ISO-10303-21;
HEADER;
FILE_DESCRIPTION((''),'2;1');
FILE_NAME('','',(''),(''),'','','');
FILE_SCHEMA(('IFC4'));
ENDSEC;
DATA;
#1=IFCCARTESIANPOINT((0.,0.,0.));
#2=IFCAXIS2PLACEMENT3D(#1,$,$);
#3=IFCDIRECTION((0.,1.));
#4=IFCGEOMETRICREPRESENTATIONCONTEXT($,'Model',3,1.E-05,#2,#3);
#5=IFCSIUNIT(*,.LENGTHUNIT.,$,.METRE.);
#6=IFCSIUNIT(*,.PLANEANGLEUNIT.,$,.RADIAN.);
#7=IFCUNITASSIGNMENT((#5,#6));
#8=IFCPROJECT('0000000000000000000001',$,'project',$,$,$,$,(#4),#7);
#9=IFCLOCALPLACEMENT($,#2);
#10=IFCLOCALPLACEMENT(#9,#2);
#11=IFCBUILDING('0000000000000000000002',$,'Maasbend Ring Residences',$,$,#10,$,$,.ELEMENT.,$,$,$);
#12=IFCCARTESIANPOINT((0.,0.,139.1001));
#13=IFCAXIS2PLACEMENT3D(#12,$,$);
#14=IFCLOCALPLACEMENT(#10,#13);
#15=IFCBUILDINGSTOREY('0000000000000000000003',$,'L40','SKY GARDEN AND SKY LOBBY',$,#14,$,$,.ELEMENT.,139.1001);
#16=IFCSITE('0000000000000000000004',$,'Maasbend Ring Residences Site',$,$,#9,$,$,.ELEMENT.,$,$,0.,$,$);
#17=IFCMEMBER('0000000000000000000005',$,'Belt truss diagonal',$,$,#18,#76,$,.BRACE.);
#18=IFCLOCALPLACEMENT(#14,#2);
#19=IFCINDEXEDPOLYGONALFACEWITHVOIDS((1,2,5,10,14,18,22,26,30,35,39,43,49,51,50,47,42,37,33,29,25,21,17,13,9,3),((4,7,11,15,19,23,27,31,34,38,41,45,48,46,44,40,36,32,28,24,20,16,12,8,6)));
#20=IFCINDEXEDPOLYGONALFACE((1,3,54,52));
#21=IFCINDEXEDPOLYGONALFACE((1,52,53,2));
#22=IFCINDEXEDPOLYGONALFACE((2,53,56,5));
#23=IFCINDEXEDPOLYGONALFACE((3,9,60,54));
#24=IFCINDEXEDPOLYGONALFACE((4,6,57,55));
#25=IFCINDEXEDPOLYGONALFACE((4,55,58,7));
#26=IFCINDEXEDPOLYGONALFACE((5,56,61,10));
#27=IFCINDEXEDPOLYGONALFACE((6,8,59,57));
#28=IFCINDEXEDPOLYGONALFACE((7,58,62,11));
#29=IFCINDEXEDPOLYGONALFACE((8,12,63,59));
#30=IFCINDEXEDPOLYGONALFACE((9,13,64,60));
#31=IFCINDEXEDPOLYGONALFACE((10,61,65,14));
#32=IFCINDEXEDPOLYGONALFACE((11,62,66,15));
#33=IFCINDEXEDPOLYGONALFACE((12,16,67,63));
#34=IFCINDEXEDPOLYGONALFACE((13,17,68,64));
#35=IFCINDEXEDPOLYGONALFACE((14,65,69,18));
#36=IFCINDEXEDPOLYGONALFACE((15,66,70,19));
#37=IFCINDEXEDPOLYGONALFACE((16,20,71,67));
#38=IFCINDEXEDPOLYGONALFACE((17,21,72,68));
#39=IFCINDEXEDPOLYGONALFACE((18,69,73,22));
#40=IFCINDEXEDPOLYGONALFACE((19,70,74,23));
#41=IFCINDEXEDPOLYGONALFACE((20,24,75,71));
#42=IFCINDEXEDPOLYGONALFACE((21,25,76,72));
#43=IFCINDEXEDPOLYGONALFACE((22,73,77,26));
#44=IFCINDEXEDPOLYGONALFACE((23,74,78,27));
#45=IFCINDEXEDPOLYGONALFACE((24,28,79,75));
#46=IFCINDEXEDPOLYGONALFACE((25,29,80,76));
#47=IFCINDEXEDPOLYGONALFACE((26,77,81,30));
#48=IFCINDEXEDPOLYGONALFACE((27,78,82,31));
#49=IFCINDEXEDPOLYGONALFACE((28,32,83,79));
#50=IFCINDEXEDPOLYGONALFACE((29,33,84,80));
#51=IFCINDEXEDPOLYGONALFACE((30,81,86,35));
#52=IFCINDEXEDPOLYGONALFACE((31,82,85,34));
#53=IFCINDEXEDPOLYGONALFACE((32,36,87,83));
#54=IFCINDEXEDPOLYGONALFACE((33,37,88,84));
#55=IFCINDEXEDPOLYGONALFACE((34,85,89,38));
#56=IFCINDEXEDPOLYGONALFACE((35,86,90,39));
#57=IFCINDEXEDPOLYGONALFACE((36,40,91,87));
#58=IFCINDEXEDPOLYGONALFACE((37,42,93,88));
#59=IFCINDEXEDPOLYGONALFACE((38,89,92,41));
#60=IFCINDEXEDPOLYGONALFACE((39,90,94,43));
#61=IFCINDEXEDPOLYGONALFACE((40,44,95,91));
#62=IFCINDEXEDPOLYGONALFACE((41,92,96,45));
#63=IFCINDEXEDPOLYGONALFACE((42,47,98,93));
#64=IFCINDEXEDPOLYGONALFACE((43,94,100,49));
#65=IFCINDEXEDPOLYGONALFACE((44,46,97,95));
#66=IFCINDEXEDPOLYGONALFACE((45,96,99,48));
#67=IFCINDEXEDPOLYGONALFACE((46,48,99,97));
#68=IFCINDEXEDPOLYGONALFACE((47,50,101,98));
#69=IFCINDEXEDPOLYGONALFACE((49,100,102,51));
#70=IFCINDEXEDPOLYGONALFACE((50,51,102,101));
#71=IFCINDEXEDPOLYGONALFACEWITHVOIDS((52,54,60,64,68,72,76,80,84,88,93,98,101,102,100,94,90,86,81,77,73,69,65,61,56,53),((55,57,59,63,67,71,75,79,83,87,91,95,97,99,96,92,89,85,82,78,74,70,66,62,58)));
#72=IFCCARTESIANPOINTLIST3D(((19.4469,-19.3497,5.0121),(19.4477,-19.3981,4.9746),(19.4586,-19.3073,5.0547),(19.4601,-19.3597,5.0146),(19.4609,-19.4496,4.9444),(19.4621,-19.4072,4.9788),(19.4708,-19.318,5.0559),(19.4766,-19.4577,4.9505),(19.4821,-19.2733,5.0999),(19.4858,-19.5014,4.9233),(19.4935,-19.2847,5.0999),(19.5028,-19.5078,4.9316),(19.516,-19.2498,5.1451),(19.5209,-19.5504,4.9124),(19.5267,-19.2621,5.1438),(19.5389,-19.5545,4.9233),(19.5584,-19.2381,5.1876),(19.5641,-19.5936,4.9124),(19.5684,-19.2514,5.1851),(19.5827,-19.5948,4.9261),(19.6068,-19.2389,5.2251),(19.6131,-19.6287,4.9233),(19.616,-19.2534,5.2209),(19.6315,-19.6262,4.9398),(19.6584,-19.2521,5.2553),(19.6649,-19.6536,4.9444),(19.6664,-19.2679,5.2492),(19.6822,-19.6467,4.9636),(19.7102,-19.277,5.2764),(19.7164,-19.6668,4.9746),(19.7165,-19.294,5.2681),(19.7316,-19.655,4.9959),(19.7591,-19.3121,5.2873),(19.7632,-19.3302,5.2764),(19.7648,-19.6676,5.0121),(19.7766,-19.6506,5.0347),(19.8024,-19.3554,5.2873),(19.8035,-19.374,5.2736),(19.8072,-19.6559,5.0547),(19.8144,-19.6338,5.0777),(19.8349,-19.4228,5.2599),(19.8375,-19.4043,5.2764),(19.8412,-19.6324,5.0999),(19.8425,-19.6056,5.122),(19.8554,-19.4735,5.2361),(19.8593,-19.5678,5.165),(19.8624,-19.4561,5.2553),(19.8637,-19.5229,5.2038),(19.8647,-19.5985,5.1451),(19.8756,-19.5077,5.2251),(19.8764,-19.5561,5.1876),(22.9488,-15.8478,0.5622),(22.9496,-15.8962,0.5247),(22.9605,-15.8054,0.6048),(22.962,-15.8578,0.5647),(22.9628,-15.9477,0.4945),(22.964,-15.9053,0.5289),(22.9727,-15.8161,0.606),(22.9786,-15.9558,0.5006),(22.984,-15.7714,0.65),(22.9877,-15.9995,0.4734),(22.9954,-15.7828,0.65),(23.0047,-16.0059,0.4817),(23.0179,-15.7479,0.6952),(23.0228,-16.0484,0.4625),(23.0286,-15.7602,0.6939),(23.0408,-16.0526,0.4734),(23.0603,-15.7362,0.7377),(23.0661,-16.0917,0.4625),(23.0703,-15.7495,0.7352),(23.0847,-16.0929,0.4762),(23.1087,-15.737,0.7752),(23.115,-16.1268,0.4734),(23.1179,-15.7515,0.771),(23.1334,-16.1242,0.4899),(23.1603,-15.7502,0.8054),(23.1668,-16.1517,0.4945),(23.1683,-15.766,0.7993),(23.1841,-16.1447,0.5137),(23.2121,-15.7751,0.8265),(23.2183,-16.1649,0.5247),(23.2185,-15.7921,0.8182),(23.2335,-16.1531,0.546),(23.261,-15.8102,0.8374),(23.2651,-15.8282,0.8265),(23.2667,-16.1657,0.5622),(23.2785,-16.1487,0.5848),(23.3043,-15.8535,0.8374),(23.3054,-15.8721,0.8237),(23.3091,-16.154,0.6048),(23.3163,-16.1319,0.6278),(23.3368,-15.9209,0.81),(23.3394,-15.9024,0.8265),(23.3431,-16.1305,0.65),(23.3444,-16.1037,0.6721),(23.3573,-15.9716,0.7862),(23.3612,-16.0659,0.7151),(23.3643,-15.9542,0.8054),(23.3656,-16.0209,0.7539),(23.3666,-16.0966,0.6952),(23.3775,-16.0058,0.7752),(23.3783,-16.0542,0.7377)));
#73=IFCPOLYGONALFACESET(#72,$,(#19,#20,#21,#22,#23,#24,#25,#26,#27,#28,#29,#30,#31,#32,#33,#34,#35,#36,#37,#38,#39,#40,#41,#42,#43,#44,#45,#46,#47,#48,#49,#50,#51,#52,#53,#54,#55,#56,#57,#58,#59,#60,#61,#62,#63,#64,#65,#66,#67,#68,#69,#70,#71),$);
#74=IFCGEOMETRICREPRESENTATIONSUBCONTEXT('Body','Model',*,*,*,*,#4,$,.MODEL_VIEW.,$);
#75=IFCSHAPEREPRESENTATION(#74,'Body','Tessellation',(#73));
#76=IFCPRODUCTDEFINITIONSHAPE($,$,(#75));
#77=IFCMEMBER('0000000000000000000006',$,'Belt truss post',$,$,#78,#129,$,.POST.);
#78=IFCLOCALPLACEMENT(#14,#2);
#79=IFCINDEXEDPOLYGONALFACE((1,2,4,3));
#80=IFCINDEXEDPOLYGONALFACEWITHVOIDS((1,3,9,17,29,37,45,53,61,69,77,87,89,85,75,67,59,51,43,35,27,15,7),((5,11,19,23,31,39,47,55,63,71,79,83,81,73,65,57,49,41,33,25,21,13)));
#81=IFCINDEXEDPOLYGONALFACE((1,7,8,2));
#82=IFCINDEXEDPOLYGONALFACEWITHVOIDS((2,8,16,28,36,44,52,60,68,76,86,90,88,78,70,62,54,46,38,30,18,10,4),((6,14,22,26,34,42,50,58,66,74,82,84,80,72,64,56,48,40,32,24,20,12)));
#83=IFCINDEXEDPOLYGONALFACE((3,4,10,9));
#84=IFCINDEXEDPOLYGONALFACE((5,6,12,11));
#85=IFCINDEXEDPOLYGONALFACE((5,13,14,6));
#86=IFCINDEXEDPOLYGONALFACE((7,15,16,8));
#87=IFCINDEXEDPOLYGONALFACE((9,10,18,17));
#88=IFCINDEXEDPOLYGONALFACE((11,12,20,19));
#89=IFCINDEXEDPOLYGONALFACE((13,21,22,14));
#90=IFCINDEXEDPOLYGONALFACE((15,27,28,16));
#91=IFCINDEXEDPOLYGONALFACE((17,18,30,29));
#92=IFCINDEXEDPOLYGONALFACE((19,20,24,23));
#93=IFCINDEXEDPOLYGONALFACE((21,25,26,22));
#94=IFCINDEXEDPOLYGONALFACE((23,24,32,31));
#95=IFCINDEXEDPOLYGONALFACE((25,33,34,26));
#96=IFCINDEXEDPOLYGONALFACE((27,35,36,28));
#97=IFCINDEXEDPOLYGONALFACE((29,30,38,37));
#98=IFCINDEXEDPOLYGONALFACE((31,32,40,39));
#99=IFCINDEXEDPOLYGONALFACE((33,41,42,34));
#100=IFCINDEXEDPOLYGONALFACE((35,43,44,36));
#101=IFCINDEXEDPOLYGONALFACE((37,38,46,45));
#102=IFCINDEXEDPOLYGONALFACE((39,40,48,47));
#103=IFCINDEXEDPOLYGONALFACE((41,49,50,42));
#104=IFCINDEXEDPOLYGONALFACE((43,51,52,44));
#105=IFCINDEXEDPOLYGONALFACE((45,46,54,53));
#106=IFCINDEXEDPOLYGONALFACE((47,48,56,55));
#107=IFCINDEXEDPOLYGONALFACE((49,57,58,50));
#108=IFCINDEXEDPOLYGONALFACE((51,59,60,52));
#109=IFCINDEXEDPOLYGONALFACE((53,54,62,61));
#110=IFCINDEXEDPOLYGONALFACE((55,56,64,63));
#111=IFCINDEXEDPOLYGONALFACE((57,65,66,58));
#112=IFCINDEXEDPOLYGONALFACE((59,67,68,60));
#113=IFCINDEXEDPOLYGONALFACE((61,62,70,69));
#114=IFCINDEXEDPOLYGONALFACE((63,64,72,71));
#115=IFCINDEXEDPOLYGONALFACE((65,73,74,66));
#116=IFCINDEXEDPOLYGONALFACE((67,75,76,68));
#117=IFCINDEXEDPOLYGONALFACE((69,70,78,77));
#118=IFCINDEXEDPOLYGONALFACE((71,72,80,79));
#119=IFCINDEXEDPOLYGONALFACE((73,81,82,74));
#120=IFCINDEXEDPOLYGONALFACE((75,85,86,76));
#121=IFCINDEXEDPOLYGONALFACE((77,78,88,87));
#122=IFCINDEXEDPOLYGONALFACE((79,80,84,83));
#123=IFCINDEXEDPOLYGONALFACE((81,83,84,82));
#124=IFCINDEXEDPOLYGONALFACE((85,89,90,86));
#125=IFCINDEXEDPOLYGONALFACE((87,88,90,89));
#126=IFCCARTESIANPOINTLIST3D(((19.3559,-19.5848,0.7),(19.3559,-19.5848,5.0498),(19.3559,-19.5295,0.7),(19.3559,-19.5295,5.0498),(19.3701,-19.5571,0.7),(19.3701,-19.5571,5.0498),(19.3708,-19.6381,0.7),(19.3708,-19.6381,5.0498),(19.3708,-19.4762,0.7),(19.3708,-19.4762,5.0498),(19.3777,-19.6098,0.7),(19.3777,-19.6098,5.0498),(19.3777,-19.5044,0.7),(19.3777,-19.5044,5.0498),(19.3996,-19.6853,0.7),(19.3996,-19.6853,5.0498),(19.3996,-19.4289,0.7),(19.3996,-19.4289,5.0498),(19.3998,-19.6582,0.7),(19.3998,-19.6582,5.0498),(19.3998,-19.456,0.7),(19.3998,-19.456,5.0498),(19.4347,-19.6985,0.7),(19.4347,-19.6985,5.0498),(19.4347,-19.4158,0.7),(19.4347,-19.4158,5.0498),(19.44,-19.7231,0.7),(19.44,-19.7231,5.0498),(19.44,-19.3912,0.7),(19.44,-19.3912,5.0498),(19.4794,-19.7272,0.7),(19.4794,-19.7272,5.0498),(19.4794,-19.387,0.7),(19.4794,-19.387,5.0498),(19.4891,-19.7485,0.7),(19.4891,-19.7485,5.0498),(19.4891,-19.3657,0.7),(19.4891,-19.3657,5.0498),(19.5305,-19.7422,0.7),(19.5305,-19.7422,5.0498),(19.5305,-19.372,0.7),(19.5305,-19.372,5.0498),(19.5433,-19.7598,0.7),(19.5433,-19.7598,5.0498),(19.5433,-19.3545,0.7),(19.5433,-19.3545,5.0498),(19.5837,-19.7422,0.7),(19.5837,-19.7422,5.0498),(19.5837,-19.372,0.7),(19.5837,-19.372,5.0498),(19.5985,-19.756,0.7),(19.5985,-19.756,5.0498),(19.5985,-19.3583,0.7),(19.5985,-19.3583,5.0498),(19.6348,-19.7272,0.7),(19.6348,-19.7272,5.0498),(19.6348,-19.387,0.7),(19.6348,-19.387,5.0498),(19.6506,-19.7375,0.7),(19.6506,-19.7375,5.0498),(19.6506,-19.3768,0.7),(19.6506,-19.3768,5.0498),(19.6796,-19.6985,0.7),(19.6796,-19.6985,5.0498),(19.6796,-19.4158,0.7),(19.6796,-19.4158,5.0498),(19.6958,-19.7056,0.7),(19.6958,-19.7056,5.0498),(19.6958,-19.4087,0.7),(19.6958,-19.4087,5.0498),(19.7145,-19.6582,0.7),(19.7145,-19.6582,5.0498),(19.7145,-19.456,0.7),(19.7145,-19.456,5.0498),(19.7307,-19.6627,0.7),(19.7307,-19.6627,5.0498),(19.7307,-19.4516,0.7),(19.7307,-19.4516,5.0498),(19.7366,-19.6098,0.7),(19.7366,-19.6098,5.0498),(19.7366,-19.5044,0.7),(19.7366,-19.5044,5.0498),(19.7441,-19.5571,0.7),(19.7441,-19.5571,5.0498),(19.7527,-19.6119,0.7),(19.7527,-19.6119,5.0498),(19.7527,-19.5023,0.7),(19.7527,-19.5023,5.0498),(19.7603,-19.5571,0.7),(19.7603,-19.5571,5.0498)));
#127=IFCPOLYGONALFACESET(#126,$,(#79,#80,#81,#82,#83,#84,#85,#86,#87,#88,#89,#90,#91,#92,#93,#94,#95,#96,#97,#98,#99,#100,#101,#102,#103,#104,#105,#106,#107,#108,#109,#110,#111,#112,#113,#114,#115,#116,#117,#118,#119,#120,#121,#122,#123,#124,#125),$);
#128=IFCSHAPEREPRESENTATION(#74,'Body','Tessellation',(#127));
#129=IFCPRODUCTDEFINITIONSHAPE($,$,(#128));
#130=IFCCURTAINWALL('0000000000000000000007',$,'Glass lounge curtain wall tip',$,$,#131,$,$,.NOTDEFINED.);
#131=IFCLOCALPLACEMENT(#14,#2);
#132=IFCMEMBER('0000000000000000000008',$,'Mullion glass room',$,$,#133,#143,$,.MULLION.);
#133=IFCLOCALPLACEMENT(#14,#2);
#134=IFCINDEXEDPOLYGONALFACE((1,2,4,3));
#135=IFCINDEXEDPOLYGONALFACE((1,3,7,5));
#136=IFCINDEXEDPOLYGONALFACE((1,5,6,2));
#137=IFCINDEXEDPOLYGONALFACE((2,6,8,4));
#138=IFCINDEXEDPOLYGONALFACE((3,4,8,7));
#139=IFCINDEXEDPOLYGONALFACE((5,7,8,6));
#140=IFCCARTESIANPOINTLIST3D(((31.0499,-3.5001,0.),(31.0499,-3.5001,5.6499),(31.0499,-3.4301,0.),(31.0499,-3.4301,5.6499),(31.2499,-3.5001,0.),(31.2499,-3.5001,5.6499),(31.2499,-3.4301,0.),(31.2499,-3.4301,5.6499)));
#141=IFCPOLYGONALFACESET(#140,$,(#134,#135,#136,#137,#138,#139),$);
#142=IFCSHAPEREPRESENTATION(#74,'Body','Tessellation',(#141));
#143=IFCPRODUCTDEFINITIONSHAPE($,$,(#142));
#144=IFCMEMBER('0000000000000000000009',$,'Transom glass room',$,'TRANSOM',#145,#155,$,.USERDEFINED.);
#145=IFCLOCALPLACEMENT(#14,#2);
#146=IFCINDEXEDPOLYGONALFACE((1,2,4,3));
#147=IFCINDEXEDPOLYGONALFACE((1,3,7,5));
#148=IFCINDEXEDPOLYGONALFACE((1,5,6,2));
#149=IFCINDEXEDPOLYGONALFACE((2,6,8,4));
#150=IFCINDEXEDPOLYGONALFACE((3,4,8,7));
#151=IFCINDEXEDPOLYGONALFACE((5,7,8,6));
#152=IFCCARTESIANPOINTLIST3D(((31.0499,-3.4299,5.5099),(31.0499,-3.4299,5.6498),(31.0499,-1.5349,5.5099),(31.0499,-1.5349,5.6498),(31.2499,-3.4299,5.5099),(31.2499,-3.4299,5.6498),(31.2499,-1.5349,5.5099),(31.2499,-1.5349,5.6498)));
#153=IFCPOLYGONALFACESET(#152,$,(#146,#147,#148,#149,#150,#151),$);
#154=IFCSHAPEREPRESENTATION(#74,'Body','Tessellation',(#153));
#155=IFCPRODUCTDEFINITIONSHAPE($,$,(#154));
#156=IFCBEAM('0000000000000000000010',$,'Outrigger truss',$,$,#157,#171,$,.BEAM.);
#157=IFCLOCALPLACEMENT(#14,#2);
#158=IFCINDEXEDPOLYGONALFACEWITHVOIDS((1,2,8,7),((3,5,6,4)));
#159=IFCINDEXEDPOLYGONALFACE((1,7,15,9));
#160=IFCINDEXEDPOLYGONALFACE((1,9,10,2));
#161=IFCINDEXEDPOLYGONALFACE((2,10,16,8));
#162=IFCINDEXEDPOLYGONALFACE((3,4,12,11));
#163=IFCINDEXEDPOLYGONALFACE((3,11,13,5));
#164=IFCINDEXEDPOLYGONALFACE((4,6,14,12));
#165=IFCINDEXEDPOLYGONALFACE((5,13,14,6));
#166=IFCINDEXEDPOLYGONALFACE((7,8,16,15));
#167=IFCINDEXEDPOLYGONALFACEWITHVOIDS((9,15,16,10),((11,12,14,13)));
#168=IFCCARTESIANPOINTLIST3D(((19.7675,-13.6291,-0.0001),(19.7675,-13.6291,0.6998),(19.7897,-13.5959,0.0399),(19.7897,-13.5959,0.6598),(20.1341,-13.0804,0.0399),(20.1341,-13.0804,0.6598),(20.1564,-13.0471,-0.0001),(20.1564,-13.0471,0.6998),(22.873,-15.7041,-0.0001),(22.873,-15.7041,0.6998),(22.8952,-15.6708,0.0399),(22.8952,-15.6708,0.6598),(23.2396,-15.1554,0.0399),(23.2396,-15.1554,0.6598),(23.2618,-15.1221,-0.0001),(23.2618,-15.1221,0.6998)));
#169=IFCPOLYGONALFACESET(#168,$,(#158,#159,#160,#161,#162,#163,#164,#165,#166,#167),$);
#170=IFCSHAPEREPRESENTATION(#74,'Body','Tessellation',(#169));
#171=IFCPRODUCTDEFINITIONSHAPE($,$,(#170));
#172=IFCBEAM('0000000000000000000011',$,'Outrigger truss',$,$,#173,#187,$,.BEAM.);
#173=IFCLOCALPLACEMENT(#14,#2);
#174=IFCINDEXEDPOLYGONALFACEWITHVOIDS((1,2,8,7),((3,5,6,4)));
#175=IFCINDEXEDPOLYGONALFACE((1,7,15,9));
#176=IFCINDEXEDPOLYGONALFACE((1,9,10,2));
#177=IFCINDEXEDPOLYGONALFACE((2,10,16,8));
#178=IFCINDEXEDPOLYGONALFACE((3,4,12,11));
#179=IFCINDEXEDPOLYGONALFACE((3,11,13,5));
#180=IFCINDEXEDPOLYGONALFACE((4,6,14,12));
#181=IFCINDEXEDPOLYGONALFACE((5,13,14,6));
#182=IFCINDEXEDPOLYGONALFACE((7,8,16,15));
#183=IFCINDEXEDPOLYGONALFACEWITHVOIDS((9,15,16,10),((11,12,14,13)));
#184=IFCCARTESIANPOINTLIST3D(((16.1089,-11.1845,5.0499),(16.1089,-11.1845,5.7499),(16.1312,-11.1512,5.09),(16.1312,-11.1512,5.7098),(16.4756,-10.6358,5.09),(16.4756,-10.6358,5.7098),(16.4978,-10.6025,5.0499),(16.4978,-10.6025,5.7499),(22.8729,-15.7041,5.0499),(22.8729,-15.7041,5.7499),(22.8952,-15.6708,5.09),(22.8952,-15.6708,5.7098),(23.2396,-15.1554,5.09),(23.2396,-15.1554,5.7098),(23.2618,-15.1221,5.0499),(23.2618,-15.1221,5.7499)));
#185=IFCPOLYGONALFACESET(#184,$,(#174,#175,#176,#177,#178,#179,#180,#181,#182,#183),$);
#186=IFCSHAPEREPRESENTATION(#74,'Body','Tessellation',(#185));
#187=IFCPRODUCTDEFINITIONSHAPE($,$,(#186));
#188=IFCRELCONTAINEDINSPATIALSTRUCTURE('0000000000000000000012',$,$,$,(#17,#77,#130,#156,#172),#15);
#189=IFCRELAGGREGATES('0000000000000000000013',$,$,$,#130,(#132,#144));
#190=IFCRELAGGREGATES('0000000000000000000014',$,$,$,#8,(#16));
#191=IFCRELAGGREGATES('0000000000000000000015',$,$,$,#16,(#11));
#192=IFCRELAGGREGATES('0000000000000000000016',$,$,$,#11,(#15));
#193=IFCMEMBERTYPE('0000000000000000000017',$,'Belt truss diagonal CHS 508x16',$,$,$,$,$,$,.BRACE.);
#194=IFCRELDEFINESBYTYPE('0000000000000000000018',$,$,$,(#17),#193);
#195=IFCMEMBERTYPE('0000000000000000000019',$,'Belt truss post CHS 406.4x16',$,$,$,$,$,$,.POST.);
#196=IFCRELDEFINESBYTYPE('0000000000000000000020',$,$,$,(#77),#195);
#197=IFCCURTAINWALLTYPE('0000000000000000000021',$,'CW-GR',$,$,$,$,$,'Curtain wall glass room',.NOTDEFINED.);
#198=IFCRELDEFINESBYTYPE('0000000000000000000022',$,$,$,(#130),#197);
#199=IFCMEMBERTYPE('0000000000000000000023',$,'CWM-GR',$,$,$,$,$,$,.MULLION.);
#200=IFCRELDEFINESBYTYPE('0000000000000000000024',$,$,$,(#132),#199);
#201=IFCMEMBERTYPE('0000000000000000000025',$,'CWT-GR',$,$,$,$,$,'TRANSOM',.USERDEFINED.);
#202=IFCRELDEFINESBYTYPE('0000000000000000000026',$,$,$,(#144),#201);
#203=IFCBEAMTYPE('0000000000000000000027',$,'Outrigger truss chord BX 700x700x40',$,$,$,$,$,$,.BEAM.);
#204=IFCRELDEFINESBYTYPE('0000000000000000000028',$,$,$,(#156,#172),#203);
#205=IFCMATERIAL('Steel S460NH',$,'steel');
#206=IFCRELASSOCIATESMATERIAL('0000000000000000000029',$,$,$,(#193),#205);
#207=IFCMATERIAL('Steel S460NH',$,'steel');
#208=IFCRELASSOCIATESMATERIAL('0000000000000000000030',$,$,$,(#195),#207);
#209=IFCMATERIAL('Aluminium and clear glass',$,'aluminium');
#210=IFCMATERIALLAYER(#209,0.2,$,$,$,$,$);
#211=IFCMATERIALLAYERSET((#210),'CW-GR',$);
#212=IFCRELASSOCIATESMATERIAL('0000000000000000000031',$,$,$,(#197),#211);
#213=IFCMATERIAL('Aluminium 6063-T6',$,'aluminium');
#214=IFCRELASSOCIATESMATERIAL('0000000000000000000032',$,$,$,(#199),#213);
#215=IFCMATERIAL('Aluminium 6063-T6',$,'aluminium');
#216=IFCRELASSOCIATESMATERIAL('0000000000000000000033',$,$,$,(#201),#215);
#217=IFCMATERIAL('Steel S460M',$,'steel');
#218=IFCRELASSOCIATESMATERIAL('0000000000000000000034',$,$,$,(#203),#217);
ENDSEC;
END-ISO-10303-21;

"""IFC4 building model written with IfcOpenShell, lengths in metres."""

from ifc_helpers import new_model, si_unit, direction, frame, origin, origin_2d, place, context, subcontext, project, spatial, rectangle, hollow_rectangle, hollow_circle, extrude, material, layer, layer_set, material_profile, profile_set, type_object, element, aggregate, save


model = new_model("IFC4")

# Units and contexts
model_context = context("Model", 3, precision=1e-05, world=origin(), true_north=direction((0.0, 1.0)))
body_context = subcontext(model_context, "Body", "Model", "MODEL_VIEW")
ifc_project = project(units=[si_unit("LENGTHUNIT", "METRE"), si_unit("PLANEANGLEUNIT", "RADIAN")], contexts=[model_context])

# Site, building, storey
site_placement = place(None, origin())
site = spatial("IfcSite", under=ifc_project, at=site_placement, Name="Maasbend Ring Residences Site", CompositionType="ELEMENT", RefElevation=0.0)
building_placement = place(site_placement, origin())
building = spatial("IfcBuilding", under=site, at=building_placement, Name="Maasbend Ring Residences", CompositionType="ELEMENT")
storey_placement = place(building_placement, frame((0.0, 0.0, 139.1001)))
storey = spatial("IfcBuildingStorey", under=building, at=storey_placement, Name="L40", Description="SKY GARDEN AND SKY LOBBY", CompositionType="ELEMENT", Elevation=139.1001)

# Members
ifc_material_1 = material(Name="Steel S460NH", Category="steel")
ifc_material_profile_1 = material_profile(ifc_material_1, hollow_circle(Radius=0.2539, WallThickness=0.0161, at=origin_2d()), Name="Belt truss diagonal CHS 508x16")
ifc_profile_set_1 = profile_set([ifc_material_profile_1], Name="Steel S460NH")
member_type_1 = type_object("IfcMemberType", Name="Belt truss diagonal CHS 508x16", PredefinedType="BRACE", material=ifc_profile_set_1)
for number, where, z_axis, x_axis, name in (
    (1, (19.6616, -19.4529, 5.0999), (0.525974, 0.525974, -0.668358), (-0.707107, 0.707107, 0.0), "Belt truss diagonal"),
):
    element("IfcMember", number, at=place(storey_placement, frame(where, z_axis=z_axis, x_axis=x_axis)), inside=storey, type_object=member_type_1, Name=name, PredefinedType="BRACE", context=body_context, shape_type="SweptSolid", body=[
        extrude(hollow_circle(Radius=0.2539, WallThickness=0.0161, at=origin_2d()), origin(), (0.0, 0.0, 1.0), 6.658),
    ])
ifc_material_2 = material(Name="Steel S460NH", Category="steel")
ifc_material_profile_2 = material_profile(ifc_material_2, hollow_circle(Radius=0.2031, WallThickness=0.0161, at=origin_2d()), Name="Belt truss post CHS 406.4x16")
ifc_profile_set_2 = profile_set([ifc_material_profile_2], Name="Steel S460NH")
member_type_2 = type_object("IfcMemberType", Name="Belt truss post CHS 406.4x16", PredefinedType="POST", material=ifc_profile_set_2)
member_1_placement = place(storey_placement, frame((19.5571, -19.5571, 0.7), z_axis=(0.0, 0.0, 1.0), x_axis=(1.0, 0.0, 0.0)))
element("IfcMember", 2, at=member_1_placement, inside=storey, type_object=member_type_2, Name="Belt truss post", PredefinedType="POST", context=body_context, shape_type="SweptSolid", body=[
    extrude(hollow_circle(Radius=0.2031, WallThickness=0.0161, at=origin_2d()), origin(), (0.0, 0.0, 1.0), 4.3499),
])

# Curtain wall, members
ifc_material_3 = material(Name="Aluminium and clear glass", Category="aluminium")
ifc_layer_1 = layer(ifc_material_3, 0.2)
ifc_layer_set_1 = layer_set([ifc_layer_1], Name="CW-GR")
curtain_wall_type = type_object("IfcCurtainWallType", Name="CW-GR", ElementType="Curtain wall glass room", PredefinedType="NOTDEFINED", material=ifc_layer_set_1)
curtain_wall_placement = place(storey_placement, origin())
curtain_wall = element("IfcCurtainWall", 3, at=curtain_wall_placement, inside=storey, type_object=curtain_wall_type, Name="Glass lounge curtain wall tip", PredefinedType="NOTDEFINED")
ifc_material_4 = material(Name="Aluminium 6063-T6", Category="aluminium")
ifc_material_profile_3 = material_profile(ifc_material_4, rectangle(XDim=0.2, YDim=0.0701, at=origin_2d()), Name="AL 200x70")
ifc_profile_set_3 = profile_set([ifc_material_profile_3], Name="Aluminium 6063-T6")
member_type_3 = type_object("IfcMemberType", Name="CWM-GR", PredefinedType="MULLION", material=ifc_profile_set_3)
member_2_placement = place(storey_placement, frame((31.1499, -3.4651, 0.0), z_axis=(0.0, 0.0, 1.0), x_axis=(-1.0, 0.0, 0.0)))
member_2 = element("IfcMember", 4, at=member_2_placement, type_object=member_type_3, Name="Mullion glass room", PredefinedType="MULLION", context=body_context, shape_type="SweptSolid", body=[
    extrude(rectangle(XDim=0.2, YDim=0.0701, at=origin_2d()), origin(), (0.0, 0.0, 1.0), 5.6499),
])
ifc_material_5 = material(Name="Aluminium 6063-T6", Category="aluminium")
ifc_material_profile_4 = material_profile(ifc_material_5, rectangle(XDim=0.2, YDim=0.1399, at=origin_2d()), Name="AL 200x140")
ifc_profile_set_4 = profile_set([ifc_material_profile_4], Name="Aluminium 6063-T6")
member_type_4 = type_object("IfcMemberType", Name="CWT-GR", ElementType="TRANSOM", PredefinedType="USERDEFINED", material=ifc_profile_set_4)
member_3_placement = place(storey_placement, frame((31.1499, -3.4299, 5.5798), z_axis=(0.0, 1.0, 0.0), x_axis=(-1.0, 0.0, 0.0)))
member_3 = element("IfcMember", 5, at=member_3_placement, type_object=member_type_4, Name="Transom glass room", ObjectType="TRANSOM", PredefinedType="USERDEFINED", context=body_context, shape_type="SweptSolid", body=[
    extrude(rectangle(XDim=0.2, YDim=0.1399, at=origin_2d()), origin(), (0.0, 0.0, 1.0), 1.895),
])
aggregate(curtain_wall, [member_2, member_3])

# Beams
ifc_material_6 = material(Name="Steel S460M", Category="steel")
ifc_material_profile_5 = material_profile(ifc_material_6, hollow_rectangle(XDim=0.7, YDim=0.7, WallThickness=0.04, at=origin_2d()), Name="Outrigger truss chord BX 700x700x40")
ifc_profile_set_5 = profile_set([ifc_material_profile_5], Name="Steel S460M")
beam_type_1 = type_object("IfcBeamType", Name="Outrigger truss chord BX 700x700x40", PredefinedType="BEAM", material=ifc_profile_set_5)
beam_1_placement = place(storey_placement, frame((23.0674, -15.4131, 0.3499), z_axis=(-0.831477, 0.55556, 0.0), x_axis=(-0.55556, -0.831477, 0.0)))
element("IfcBeam", 6, at=beam_1_placement, inside=storey, type_object=beam_type_1, Name="Outrigger truss", PredefinedType="BEAM", context=body_context, shape_type="SweptSolid", body=[
    extrude(hollow_rectangle(XDim=0.7, YDim=0.7, WallThickness=0.04, at=origin_2d()), origin(), (0.0, 0.0, 1.0), 3.7349),
])
beam_2_placement = place(storey_placement, frame((23.0674, -15.4131, 5.3999), z_axis=(-0.831468, 0.555573, 0.0), x_axis=(-0.555573, -0.831468, 0.0)))
element("IfcBeam", 7, at=beam_2_placement, inside=storey, type_object=beam_type_1, Name="Outrigger truss", PredefinedType="BEAM", context=body_context, shape_type="SweptSolid", body=[
    extrude(hollow_rectangle(XDim=0.7, YDim=0.7, WallThickness=0.04, at=origin_2d()), origin(), (0.0, 0.0, 1.0), 8.135),
])

save(model, "model.ifc")
